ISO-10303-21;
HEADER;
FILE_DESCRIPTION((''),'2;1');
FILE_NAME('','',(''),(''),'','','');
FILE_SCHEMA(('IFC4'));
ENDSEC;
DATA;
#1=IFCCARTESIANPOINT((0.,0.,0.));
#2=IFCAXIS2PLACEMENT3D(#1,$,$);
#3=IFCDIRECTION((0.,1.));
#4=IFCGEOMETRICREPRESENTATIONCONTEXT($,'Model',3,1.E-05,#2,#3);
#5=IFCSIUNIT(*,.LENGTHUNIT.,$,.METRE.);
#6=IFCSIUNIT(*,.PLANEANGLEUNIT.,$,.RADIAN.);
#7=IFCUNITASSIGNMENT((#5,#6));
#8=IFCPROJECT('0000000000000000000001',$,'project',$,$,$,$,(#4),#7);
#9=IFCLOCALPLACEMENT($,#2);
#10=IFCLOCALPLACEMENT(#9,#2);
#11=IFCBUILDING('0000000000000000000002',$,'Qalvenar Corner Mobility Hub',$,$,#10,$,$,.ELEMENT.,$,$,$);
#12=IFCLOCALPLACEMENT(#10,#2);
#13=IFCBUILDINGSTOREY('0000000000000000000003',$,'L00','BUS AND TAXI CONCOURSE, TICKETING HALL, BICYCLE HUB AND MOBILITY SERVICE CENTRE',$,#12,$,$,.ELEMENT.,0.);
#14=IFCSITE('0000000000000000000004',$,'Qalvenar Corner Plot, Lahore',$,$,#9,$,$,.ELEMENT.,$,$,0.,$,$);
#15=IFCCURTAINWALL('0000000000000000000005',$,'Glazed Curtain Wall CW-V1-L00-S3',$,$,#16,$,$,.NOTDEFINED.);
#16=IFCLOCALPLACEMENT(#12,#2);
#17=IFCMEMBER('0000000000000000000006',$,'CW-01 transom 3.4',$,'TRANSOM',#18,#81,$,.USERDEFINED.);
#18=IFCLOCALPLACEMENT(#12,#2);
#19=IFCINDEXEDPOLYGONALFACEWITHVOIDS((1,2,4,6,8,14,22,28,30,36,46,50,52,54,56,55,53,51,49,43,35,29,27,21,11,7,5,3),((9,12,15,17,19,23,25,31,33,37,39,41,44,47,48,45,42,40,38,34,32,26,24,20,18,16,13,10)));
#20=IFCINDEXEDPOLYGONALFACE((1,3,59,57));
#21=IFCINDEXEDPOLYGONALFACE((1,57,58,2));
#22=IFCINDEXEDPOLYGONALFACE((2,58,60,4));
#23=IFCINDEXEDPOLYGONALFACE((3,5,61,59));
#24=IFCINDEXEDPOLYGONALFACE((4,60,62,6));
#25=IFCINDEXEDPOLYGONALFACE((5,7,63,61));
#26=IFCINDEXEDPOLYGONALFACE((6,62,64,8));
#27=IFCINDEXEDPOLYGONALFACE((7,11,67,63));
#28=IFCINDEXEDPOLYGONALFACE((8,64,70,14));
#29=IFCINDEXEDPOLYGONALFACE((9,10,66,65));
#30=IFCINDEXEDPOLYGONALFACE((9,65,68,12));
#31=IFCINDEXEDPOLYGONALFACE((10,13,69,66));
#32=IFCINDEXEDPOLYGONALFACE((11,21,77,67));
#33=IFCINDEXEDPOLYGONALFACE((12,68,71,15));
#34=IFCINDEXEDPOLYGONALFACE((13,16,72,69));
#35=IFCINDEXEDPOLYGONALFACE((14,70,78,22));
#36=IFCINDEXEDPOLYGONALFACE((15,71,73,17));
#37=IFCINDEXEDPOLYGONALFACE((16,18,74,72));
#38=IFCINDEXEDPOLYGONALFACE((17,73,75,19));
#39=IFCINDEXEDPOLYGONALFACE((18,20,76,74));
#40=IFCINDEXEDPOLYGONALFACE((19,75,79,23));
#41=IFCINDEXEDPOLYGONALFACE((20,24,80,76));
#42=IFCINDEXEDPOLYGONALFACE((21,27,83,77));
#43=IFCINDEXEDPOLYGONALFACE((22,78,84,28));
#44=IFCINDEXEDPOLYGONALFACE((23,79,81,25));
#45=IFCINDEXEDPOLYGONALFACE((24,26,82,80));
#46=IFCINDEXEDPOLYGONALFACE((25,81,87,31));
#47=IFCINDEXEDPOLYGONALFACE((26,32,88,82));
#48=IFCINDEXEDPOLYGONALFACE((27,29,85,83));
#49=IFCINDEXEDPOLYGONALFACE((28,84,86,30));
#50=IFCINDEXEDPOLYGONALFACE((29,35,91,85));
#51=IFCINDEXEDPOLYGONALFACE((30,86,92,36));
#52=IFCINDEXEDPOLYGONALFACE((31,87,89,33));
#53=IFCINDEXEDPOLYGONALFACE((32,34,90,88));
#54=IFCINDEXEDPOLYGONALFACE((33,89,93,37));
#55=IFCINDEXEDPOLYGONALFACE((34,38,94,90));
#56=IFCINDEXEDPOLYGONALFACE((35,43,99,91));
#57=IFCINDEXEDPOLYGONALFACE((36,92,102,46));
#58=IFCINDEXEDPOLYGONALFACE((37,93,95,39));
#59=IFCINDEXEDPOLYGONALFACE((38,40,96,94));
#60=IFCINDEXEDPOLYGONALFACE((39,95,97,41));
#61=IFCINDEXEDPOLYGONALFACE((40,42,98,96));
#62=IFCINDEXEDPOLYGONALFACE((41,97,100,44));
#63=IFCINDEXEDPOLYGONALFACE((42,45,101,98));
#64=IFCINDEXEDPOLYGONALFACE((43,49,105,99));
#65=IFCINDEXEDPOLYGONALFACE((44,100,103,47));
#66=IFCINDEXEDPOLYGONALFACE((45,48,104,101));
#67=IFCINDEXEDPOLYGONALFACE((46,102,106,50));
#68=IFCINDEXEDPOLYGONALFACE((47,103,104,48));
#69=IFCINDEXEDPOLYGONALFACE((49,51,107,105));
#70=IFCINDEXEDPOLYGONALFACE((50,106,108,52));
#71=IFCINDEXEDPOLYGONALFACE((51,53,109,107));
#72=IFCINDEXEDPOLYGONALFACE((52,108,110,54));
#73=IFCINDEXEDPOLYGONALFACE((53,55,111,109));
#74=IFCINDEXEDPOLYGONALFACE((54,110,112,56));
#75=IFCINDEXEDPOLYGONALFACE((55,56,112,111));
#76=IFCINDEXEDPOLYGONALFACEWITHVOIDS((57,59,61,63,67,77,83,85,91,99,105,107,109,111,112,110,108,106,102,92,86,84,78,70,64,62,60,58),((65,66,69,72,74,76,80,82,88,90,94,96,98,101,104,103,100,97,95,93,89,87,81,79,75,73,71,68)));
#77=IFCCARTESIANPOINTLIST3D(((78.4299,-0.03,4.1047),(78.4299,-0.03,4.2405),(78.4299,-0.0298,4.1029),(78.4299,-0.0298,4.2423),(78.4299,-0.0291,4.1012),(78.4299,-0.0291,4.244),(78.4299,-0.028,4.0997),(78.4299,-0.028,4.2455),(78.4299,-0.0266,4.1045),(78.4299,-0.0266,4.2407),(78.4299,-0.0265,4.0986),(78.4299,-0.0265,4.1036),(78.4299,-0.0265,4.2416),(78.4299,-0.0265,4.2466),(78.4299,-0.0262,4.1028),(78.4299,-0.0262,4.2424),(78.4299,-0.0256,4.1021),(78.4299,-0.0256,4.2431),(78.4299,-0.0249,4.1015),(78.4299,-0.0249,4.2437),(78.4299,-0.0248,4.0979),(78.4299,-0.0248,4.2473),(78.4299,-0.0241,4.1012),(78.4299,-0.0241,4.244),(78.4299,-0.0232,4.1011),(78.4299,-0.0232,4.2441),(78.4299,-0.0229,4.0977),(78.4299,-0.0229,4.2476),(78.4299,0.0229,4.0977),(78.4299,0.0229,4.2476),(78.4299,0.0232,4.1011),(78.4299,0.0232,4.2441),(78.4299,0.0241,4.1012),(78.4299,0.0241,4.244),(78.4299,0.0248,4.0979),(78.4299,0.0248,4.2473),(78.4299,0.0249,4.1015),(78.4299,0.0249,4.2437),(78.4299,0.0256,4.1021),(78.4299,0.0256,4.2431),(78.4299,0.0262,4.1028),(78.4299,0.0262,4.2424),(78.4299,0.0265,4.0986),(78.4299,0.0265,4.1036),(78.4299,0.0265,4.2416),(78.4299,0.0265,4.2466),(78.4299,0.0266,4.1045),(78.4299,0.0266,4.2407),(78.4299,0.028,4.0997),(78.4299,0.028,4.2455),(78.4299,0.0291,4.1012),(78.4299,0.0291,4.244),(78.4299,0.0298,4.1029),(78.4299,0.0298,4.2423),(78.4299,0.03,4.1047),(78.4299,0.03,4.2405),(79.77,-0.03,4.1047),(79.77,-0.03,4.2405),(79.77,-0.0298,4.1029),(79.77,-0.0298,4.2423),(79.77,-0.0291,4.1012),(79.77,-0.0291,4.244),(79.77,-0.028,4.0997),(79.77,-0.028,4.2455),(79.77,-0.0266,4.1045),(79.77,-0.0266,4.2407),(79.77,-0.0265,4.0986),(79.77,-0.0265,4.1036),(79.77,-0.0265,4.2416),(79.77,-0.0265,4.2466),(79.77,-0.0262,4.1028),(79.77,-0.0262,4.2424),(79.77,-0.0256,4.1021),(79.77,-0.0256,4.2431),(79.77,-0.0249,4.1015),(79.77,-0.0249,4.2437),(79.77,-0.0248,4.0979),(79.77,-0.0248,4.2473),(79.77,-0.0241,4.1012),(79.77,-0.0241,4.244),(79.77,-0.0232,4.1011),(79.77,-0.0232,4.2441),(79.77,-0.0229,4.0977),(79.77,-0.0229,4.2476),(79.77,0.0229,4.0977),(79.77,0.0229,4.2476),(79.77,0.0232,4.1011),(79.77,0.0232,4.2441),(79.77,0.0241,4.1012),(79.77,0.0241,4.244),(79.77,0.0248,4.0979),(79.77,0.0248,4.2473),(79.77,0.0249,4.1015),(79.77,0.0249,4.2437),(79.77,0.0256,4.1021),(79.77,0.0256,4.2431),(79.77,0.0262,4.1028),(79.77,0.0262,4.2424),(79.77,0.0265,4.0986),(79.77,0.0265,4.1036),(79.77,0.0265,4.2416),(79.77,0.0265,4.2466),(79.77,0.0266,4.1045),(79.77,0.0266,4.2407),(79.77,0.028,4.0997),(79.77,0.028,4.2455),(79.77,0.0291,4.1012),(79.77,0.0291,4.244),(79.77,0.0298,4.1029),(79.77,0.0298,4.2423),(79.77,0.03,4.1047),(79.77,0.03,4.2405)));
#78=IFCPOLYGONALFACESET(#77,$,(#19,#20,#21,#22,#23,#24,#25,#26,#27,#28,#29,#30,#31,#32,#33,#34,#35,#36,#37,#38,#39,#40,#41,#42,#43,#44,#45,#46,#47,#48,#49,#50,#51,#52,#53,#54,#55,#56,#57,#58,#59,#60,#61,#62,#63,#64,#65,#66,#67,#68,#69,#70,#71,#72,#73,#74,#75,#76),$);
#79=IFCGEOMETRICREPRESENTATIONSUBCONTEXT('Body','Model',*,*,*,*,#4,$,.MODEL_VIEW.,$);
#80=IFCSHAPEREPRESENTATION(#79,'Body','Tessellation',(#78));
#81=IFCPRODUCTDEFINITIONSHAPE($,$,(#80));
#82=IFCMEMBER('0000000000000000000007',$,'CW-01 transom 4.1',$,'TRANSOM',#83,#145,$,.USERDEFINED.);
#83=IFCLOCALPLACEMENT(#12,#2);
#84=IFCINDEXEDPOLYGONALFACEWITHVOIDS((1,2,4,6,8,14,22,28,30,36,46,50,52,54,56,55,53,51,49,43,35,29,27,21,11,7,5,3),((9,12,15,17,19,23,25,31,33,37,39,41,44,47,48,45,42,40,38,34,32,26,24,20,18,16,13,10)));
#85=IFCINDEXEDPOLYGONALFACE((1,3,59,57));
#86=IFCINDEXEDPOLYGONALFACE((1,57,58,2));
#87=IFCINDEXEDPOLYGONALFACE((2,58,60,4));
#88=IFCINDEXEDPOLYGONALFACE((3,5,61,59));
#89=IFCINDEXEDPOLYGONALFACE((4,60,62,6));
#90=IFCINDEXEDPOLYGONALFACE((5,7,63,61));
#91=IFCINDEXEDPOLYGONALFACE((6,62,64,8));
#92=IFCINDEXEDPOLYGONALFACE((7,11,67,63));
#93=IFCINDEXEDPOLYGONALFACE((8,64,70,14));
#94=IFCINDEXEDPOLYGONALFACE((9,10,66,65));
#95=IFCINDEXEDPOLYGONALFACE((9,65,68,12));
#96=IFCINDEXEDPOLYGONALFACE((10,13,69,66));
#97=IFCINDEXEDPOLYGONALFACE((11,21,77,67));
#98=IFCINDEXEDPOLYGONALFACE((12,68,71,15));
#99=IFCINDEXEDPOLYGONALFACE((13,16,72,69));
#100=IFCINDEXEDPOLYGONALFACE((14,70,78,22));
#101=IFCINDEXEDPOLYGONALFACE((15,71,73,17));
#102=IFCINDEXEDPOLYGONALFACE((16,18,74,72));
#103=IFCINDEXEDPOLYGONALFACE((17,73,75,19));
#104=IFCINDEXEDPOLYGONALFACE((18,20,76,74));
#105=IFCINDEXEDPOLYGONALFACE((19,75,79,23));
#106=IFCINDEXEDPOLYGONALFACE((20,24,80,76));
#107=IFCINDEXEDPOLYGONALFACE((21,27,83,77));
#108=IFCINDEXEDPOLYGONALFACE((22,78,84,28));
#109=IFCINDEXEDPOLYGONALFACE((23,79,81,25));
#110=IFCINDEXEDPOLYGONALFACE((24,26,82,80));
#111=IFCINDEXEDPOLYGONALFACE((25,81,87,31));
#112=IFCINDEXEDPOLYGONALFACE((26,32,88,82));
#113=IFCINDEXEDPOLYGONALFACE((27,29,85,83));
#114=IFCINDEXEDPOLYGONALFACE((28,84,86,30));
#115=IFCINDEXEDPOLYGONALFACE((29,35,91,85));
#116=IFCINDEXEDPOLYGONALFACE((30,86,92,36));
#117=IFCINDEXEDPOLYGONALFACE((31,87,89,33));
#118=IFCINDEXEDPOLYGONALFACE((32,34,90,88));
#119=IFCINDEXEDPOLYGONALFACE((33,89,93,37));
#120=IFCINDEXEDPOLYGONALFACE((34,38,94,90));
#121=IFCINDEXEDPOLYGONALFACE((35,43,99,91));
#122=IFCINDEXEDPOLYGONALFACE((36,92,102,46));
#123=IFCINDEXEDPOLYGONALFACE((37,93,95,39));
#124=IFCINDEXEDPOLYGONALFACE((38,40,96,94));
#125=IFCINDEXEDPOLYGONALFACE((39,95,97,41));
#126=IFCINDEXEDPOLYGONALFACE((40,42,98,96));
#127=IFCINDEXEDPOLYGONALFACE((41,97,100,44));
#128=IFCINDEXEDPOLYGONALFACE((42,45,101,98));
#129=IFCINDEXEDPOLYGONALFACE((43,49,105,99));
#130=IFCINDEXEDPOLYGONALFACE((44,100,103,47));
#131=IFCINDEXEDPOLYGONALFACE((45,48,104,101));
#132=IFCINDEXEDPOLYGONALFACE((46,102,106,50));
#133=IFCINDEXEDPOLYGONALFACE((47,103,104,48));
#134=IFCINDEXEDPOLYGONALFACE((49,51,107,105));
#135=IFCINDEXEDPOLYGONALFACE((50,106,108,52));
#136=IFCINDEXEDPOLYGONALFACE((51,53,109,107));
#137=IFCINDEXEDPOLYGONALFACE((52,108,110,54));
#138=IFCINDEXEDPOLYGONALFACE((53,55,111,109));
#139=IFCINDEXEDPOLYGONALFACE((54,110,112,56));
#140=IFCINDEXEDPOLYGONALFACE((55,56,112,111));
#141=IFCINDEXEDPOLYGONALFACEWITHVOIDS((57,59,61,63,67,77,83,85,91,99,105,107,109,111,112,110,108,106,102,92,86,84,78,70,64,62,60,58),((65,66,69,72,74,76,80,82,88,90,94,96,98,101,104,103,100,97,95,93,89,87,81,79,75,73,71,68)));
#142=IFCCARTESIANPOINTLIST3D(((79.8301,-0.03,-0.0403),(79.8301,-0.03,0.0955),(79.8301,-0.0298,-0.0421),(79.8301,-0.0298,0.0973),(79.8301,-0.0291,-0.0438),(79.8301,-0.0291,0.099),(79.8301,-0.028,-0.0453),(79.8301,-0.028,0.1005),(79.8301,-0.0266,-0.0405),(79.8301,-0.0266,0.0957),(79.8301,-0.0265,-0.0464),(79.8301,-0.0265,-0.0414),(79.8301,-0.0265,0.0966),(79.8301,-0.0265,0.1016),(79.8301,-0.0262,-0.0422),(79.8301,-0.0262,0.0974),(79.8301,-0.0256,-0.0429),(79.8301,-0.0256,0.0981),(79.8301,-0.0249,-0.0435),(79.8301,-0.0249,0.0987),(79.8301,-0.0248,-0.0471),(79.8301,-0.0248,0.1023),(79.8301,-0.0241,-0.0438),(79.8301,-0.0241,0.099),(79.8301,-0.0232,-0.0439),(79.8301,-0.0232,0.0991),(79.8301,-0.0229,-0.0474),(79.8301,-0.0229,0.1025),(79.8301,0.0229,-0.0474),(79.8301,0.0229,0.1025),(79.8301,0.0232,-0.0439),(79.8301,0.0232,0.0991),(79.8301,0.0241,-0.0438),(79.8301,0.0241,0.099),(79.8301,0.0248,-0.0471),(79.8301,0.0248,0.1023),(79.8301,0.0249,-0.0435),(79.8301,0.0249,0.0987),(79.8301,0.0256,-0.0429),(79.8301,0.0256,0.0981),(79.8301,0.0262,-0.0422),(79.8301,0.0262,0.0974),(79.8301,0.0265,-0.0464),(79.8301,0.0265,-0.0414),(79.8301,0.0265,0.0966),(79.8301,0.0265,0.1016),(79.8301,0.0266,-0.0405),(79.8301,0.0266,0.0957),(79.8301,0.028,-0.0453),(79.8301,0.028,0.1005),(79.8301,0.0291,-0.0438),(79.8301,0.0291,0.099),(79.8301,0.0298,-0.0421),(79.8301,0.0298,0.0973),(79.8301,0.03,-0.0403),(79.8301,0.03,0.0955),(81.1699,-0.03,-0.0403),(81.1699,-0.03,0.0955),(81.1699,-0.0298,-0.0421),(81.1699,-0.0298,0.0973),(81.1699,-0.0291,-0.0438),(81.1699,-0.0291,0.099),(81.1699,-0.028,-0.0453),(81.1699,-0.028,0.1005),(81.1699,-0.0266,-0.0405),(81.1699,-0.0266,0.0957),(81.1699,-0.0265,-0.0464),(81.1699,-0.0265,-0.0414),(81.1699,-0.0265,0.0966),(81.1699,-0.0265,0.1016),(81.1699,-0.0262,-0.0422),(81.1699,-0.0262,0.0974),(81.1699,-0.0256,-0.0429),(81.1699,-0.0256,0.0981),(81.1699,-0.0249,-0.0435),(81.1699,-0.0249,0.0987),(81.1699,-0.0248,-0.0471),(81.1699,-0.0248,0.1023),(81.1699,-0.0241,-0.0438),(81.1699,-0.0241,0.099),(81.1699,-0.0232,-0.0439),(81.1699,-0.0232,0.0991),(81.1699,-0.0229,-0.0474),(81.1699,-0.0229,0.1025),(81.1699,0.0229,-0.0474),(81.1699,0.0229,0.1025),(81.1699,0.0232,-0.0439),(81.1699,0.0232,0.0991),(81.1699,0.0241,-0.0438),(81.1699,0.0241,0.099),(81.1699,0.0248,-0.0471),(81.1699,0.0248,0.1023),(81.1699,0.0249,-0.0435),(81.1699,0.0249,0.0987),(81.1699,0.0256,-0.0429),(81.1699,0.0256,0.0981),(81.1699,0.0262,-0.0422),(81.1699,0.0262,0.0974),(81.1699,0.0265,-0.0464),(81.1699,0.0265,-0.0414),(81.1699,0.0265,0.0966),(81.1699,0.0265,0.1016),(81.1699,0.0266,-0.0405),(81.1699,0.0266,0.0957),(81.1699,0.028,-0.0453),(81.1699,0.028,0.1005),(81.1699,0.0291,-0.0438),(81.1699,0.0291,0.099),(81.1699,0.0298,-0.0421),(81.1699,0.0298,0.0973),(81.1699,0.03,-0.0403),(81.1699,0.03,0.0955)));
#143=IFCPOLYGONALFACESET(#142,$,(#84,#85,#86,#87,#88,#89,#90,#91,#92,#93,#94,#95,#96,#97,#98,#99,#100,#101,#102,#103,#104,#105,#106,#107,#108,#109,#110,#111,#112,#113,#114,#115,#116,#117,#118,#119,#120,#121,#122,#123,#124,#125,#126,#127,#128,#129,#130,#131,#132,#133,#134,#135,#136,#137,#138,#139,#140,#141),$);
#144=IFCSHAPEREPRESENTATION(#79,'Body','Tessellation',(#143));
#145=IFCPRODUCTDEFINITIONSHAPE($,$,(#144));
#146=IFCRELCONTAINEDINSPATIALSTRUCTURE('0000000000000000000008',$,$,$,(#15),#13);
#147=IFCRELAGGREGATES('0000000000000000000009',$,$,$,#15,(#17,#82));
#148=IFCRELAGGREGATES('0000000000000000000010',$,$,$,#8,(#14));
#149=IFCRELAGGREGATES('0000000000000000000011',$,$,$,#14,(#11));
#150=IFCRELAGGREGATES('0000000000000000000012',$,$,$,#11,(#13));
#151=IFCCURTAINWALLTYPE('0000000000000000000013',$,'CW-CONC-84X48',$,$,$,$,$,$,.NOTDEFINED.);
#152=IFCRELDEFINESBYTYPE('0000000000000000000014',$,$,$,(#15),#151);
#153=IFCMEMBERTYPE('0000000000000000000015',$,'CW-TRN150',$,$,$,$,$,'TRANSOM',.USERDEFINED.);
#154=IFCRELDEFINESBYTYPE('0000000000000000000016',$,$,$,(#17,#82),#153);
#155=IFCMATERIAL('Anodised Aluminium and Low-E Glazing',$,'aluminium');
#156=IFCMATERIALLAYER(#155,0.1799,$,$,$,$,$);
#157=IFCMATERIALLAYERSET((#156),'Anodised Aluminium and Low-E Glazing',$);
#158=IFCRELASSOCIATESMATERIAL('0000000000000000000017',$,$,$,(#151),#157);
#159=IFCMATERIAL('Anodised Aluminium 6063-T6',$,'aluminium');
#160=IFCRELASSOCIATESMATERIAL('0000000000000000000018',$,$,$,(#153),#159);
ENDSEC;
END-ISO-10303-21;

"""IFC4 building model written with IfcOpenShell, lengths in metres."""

from ifc_helpers import new_model, si_unit, direction, frame, origin, origin_2d, place, context, subcontext, project, spatial, hollow_rectangle, extrude, material, layer, layer_set, material_profile, profile_set, type_object, element, aggregate, save


model = new_model("IFC4")

# Units and contexts
model_context = context("Model", 3, precision=1e-05, world=origin(), true_north=direction((0.0, 1.0)))
body_context = subcontext(model_context, "Body", "Model", "MODEL_VIEW")
ifc_project = project(units=[si_unit("LENGTHUNIT", "METRE"), si_unit("PLANEANGLEUNIT", "RADIAN")], contexts=[model_context])

# Site, building, storey
site_placement = place(None, origin())
site = spatial("IfcSite", under=ifc_project, at=site_placement, Name="Qalvenar Corner Plot, Lahore", CompositionType="ELEMENT", RefElevation=0.0)
building_placement = place(site_placement, origin())
building = spatial("IfcBuilding", under=site, at=building_placement, Name="Qalvenar Corner Mobility Hub", CompositionType="ELEMENT")
storey_placement = place(building_placement, origin())
storey = spatial("IfcBuildingStorey", under=building, at=storey_placement, Name="L00", Description="BUS AND TAXI CONCOURSE, TICKETING HALL, BICYCLE HUB AND MOBILITY SERVICE CENTRE", CompositionType="ELEMENT", Elevation=0.0)

# Curtain wall, members
ifc_material_1 = material(Name="Anodised Aluminium and Low-E Glazing", Category="aluminium")
ifc_layer_1 = layer(ifc_material_1, 0.1799)
ifc_layer_set_1 = layer_set([ifc_layer_1], Name="Anodised Aluminium and Low-E Glazing")
curtain_wall_type = type_object("IfcCurtainWallType", Name="CW-CONC-84X48", PredefinedType="NOTDEFINED", material=ifc_layer_set_1)
curtain_wall_placement = place(storey_placement, origin())
curtain_wall = element("IfcCurtainWall", 1, at=curtain_wall_placement, inside=storey, type_object=curtain_wall_type, Name="Glazed Curtain Wall CW-V1-L00-S3", PredefinedType="NOTDEFINED")
ifc_material_2 = material(Name="Anodised Aluminium 6063-T6", Category="aluminium")
ifc_material_profile_1 = material_profile(ifc_material_2, hollow_rectangle(XDim=0.0601, YDim=0.1499, WallThickness=0.0034, InnerFilletRadius=0.0034, OuterFilletRadius=0.0071, at=origin_2d()), Name="RHS150x60x3.5")
ifc_profile_set_1 = profile_set([ifc_material_profile_1], Name="Anodised Aluminium 6063-T6")
member_type_1 = type_object("IfcMemberType", Name="CW-TRN150", ElementType="TRANSOM", PredefinedType="USERDEFINED", material=ifc_profile_set_1)
member_1_placement = place(storey_placement, frame((78.4299, 0.0, 4.1726), z_axis=(1.0, 0.0, 0.0), x_axis=(0.0, 1.0, 0.0)))
member_1 = element("IfcMember", 2, at=member_1_placement, type_object=member_type_1, Name="CW-01 transom 3.4", ObjectType="TRANSOM", PredefinedType="USERDEFINED", context=body_context, shape_type="SweptSolid", body=[
    extrude(hollow_rectangle(XDim=0.0601, YDim=0.1499, WallThickness=0.0034, InnerFilletRadius=0.0034, OuterFilletRadius=0.0071, at=origin_2d()), origin(), (0.0, 0.0, 1.0), 1.3401),
])
member_2_placement = place(storey_placement, frame((79.8301, 0.0, 0.0276), z_axis=(1.0, 0.0, 0.0), x_axis=(0.0, 1.0, 0.0)))
member_2 = element("IfcMember", 3, at=member_2_placement, type_object=member_type_1, Name="CW-01 transom 4.1", ObjectType="TRANSOM", PredefinedType="USERDEFINED", context=body_context, shape_type="SweptSolid", body=[
    extrude(hollow_rectangle(XDim=0.0601, YDim=0.1499, WallThickness=0.0034, InnerFilletRadius=0.0034, OuterFilletRadius=0.0071, at=origin_2d()), origin(), (0.0, 0.0, 1.0), 1.3398),
])
aggregate(curtain_wall, [member_1, member_2])

save(model, "model.ifc")
